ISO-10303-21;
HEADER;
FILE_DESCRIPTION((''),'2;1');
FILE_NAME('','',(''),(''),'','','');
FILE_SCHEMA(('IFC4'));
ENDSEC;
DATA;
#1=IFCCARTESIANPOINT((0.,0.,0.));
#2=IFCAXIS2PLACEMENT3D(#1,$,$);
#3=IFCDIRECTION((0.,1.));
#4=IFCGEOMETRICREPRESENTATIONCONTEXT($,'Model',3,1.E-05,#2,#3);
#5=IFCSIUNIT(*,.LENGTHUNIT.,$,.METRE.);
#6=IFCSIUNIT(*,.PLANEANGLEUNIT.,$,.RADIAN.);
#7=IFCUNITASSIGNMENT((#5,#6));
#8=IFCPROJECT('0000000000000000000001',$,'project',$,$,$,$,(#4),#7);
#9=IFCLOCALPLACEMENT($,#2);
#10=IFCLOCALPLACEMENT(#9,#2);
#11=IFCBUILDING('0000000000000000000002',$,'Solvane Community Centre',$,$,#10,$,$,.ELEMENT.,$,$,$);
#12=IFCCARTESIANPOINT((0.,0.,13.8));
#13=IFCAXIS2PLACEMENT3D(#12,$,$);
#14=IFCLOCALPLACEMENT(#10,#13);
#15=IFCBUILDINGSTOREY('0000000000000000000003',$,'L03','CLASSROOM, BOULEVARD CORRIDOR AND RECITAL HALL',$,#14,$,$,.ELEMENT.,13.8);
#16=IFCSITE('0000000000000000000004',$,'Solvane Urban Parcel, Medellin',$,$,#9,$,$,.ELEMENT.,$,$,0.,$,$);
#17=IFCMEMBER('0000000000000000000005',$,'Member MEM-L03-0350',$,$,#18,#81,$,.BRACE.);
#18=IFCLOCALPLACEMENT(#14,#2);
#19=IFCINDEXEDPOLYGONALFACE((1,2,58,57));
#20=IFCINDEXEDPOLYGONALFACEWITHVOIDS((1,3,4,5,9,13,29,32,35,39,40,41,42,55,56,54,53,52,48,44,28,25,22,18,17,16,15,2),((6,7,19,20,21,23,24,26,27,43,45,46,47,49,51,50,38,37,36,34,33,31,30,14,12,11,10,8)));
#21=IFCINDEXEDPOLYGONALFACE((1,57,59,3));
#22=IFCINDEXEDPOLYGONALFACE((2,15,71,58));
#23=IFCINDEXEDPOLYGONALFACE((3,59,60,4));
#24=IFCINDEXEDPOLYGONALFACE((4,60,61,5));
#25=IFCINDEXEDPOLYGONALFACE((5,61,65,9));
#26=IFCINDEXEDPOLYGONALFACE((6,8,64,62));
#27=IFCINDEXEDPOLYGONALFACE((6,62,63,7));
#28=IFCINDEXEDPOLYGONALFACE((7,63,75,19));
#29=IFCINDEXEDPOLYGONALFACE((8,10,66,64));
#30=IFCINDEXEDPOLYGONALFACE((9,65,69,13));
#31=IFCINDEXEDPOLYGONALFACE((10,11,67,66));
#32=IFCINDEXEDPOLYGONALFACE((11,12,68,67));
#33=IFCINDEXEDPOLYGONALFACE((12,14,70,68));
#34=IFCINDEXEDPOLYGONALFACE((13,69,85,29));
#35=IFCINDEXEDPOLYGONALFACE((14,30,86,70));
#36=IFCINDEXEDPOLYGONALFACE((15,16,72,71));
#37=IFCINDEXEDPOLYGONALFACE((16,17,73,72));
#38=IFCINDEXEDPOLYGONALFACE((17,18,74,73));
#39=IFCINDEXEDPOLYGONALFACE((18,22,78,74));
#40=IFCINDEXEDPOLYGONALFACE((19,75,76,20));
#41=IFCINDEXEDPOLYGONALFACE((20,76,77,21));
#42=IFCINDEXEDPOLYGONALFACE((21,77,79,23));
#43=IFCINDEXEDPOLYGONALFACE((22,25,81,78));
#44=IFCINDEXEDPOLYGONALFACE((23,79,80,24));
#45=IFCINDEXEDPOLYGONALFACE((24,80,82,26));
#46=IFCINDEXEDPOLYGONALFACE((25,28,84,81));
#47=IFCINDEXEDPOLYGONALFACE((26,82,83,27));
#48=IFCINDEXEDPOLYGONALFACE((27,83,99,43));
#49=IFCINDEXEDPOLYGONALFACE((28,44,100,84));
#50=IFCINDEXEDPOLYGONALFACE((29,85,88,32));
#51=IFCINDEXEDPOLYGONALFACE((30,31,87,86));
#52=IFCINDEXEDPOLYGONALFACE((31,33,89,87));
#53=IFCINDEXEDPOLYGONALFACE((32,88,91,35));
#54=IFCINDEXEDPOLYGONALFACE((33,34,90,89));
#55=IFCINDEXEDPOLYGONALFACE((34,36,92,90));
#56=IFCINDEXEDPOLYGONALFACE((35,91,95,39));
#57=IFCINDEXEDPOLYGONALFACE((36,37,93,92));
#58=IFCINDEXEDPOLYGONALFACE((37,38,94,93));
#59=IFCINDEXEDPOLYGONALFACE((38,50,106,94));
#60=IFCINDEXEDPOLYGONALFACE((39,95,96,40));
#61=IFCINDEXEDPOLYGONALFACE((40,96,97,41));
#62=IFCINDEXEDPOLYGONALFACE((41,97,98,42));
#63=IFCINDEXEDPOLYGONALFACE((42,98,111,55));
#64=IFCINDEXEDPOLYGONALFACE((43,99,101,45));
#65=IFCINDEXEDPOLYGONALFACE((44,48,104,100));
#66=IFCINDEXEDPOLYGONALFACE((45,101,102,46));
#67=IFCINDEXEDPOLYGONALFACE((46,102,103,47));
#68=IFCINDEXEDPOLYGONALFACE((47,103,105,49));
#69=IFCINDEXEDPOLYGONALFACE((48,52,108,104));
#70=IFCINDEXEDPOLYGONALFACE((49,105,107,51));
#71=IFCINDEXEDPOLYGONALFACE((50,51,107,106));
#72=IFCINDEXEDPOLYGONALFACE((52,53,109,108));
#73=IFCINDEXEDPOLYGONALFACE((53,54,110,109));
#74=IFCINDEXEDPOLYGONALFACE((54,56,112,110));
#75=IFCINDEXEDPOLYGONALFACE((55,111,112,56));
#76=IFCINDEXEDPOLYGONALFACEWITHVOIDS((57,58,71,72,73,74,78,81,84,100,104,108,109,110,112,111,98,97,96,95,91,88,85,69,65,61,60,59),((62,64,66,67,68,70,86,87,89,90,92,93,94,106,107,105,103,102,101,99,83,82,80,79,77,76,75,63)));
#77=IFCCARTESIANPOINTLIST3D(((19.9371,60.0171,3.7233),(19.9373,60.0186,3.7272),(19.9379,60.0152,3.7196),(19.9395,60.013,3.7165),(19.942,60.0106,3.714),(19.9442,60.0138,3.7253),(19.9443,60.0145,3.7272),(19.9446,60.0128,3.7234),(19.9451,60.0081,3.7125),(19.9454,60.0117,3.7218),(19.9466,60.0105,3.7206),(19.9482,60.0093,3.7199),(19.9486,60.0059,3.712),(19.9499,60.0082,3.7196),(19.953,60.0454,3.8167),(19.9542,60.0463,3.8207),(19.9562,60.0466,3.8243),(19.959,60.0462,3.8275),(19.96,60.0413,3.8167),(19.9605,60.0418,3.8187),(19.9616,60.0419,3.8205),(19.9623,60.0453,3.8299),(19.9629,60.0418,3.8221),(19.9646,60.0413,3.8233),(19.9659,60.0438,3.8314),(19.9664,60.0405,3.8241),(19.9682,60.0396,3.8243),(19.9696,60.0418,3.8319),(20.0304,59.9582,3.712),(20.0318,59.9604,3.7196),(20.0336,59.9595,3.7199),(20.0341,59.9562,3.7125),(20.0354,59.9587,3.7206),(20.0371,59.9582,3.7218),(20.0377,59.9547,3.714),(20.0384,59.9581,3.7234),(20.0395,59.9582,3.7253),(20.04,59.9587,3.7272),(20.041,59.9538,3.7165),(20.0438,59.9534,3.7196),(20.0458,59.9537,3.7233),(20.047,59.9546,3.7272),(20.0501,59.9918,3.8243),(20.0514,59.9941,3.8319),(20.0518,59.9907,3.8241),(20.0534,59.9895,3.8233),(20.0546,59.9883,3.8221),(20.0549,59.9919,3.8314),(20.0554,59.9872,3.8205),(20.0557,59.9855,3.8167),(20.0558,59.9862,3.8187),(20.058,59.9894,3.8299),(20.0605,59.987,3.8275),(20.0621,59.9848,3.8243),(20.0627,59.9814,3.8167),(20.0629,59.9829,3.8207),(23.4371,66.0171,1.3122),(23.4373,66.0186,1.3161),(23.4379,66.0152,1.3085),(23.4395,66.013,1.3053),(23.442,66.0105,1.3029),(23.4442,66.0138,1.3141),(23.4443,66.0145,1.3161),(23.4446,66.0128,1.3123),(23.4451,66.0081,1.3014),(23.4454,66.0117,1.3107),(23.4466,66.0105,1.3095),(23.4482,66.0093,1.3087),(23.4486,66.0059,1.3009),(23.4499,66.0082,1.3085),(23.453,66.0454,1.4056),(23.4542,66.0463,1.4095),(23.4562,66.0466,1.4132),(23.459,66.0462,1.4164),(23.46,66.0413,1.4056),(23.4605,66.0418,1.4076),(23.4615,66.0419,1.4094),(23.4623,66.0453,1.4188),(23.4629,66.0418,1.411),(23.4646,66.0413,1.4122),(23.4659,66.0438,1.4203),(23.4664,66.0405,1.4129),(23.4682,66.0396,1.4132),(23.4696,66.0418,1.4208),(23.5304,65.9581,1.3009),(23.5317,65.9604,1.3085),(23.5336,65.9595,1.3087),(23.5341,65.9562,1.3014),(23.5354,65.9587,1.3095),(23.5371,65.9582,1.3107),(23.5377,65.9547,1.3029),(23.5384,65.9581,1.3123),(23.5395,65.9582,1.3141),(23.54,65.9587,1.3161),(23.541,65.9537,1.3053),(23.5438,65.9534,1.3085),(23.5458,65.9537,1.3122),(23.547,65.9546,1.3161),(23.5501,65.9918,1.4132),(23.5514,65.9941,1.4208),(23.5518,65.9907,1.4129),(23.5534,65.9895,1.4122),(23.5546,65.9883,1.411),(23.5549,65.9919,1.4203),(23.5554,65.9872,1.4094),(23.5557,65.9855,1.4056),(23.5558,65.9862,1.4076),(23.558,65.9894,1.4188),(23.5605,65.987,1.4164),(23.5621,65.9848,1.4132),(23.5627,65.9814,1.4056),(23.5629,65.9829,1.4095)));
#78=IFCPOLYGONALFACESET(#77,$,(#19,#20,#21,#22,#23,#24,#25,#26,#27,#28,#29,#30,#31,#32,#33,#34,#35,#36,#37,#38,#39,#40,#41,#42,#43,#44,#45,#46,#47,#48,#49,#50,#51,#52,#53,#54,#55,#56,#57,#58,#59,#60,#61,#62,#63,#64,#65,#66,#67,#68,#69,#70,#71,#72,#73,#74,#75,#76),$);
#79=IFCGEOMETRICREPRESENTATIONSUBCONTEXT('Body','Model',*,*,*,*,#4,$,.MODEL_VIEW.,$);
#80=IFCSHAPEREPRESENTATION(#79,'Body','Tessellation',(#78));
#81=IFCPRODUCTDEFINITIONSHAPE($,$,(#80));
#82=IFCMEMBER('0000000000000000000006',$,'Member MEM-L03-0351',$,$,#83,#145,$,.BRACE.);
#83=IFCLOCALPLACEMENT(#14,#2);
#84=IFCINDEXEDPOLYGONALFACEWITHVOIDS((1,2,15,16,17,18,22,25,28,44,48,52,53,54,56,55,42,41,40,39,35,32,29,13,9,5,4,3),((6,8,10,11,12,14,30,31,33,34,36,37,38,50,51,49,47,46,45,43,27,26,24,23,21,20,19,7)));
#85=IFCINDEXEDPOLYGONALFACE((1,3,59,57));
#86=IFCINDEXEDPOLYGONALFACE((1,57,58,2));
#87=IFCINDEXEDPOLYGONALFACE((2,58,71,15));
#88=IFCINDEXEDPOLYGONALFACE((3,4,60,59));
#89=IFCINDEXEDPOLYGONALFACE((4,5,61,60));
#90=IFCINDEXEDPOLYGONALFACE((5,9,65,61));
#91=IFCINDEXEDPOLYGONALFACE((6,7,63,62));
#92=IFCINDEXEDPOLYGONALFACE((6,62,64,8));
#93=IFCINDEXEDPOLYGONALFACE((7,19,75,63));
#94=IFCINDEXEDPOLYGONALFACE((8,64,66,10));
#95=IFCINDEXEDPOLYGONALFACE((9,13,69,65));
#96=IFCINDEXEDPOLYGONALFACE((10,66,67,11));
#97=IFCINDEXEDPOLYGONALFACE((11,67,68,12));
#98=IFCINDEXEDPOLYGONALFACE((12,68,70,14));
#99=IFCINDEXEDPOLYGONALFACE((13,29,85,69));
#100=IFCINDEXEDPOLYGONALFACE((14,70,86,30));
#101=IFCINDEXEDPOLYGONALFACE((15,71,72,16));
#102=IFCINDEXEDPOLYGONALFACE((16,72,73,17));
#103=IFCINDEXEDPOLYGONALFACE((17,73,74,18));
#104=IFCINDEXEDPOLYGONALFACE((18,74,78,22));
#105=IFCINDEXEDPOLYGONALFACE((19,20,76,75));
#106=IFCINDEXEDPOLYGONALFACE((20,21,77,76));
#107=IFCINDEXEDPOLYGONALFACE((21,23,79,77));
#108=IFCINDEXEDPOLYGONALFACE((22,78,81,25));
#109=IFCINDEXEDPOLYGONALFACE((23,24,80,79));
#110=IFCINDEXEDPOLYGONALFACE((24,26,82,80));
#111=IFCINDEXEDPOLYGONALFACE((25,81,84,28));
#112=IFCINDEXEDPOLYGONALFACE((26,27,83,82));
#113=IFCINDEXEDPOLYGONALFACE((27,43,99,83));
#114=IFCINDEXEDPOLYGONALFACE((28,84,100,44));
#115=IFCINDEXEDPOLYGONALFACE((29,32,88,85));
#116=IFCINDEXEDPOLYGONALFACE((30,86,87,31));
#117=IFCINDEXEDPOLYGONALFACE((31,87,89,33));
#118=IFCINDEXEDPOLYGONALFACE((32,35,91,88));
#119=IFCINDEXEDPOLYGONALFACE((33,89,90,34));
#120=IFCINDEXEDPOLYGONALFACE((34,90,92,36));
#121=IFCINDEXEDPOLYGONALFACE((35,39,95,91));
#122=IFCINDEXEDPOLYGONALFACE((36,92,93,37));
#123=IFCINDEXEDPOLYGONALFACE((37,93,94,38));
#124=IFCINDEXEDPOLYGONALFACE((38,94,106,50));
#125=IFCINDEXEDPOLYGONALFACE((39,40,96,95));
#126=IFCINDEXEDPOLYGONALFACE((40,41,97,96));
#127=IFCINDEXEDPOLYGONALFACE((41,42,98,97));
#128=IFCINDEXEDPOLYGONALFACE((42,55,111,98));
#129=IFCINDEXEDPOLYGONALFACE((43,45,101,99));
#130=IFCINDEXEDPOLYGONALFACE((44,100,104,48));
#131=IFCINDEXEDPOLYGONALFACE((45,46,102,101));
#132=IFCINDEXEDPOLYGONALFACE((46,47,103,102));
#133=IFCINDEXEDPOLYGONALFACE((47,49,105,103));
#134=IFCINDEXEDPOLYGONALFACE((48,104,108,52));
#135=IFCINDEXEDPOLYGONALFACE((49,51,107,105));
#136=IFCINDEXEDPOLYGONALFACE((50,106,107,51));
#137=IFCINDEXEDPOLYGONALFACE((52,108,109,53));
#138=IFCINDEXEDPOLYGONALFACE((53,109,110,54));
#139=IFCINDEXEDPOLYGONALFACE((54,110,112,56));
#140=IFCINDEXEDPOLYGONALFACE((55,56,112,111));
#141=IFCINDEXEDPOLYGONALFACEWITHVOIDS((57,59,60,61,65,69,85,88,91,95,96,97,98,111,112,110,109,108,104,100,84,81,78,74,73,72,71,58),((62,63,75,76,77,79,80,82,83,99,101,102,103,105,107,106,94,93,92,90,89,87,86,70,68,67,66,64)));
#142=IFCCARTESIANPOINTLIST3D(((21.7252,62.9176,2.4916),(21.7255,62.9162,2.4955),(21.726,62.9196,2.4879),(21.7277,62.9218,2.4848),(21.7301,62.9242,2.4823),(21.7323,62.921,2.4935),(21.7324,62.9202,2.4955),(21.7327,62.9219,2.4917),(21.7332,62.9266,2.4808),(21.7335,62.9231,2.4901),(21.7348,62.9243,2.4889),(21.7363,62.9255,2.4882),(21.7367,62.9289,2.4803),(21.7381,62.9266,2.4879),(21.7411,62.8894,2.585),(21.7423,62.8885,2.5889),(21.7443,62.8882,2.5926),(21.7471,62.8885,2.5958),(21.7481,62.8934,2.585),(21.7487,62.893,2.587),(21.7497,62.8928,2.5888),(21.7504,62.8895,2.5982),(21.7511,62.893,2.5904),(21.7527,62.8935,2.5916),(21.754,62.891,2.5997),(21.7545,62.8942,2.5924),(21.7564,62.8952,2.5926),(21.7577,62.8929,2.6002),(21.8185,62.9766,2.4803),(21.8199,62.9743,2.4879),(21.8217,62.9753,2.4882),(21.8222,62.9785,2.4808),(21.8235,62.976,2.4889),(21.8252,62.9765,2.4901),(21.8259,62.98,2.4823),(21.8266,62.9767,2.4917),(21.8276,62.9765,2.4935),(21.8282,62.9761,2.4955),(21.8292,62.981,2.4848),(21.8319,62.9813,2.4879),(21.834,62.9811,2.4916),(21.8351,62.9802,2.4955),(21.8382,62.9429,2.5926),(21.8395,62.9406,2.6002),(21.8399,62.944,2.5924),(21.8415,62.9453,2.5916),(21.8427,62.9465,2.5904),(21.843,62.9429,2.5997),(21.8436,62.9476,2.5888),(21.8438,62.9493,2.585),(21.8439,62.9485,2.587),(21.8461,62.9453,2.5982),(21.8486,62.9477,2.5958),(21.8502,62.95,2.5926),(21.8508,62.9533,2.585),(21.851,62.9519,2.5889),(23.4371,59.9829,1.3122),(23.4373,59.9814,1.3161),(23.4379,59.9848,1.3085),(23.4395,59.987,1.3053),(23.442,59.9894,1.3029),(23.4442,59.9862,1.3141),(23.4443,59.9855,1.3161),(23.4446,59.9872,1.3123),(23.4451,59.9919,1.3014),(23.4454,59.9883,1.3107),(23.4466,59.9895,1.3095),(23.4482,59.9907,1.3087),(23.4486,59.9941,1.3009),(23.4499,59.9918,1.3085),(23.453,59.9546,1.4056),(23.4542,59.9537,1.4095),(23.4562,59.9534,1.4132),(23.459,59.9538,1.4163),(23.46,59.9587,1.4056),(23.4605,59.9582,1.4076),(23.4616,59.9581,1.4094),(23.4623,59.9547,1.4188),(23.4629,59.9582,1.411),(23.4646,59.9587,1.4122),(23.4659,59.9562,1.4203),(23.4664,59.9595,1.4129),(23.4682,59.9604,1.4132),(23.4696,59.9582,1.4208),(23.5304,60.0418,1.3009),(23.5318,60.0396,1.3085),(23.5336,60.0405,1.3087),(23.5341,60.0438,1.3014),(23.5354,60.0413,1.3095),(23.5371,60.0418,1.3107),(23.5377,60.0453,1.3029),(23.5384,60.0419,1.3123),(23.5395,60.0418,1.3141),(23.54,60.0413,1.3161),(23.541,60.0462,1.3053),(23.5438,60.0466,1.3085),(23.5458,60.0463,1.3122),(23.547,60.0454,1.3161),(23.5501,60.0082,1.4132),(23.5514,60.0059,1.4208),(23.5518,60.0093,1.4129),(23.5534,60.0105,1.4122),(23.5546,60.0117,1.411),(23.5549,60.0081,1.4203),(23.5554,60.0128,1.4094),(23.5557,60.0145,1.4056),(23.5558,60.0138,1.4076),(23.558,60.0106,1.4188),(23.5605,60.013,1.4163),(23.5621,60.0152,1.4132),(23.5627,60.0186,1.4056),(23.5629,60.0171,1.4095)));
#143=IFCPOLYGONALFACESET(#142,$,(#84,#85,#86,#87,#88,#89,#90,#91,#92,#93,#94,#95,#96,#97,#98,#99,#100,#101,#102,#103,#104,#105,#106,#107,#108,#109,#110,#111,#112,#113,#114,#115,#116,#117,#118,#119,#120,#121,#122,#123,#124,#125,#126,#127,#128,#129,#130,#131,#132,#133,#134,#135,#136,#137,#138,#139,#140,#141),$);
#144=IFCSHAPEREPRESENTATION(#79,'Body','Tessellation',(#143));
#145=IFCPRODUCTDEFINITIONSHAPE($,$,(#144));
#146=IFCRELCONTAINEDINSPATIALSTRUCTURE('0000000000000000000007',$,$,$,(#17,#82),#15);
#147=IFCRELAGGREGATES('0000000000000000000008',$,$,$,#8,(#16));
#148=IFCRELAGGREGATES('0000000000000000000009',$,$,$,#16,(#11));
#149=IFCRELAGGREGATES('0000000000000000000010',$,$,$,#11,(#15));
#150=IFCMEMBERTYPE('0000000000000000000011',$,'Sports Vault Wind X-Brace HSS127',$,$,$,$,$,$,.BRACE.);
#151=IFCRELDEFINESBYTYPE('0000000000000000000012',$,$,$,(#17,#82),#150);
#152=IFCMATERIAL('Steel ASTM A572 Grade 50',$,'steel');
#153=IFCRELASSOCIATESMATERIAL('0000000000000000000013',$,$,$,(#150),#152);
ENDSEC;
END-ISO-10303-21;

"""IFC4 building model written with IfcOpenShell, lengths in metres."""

from ifc_helpers import new_model, si_unit, direction, frame, origin, origin_2d, place, context, subcontext, project, spatial, hollow_rectangle, extrude, material, material_profile, profile_set, type_object, element, save


model = new_model("IFC4")

# Units and contexts
model_context = context("Model", 3, precision=1e-05, world=origin(), true_north=direction((0.0, 1.0)))
body_context = subcontext(model_context, "Body", "Model", "MODEL_VIEW")
ifc_project = project(units=[si_unit("LENGTHUNIT", "METRE"), si_unit("PLANEANGLEUNIT", "RADIAN")], contexts=[model_context])

# Site, building, storey
site_placement = place(None, origin())
site = spatial("IfcSite", under=ifc_project, at=site_placement, Name="Solvane Urban Parcel, Medellin", CompositionType="ELEMENT", RefElevation=0.0)
building_placement = place(site_placement, origin())
building = spatial("IfcBuilding", under=site, at=building_placement, Name="Solvane Community Centre", CompositionType="ELEMENT")
storey_placement = place(building_placement, frame((0.0, 0.0, 13.8)))
storey = spatial("IfcBuildingStorey", under=building, at=storey_placement, Name="L03", Description="CLASSROOM, BOULEVARD CORRIDOR AND RECITAL HALL", CompositionType="ELEMENT", Elevation=13.8)

# Members
ifc_material_1 = material(Name="Steel ASTM A572 Grade 50", Category="steel")
ifc_material_profile_1 = material_profile(ifc_material_1, hollow_rectangle(XDim=0.127, YDim=0.127, WallThickness=0.0081, InnerFilletRadius=0.0081, OuterFilletRadius=0.0161, at=origin_2d()), Name="HSS 127x127x8.0")
ifc_profile_set_1 = profile_set([ifc_material_profile_1], Name="Steel ASTM A572 Grade 50")
member_type_1 = type_object("IfcMemberType", Name="Sports Vault Wind X-Brace HSS127", PredefinedType="BRACE", material=ifc_profile_set_1)
member_1_placement = place(storey_placement, frame((20.0, 60.0, 3.772), z_axis=(0.47601, 0.816016, -0.327921), x_axis=(-0.863779, 0.503871, 0.0)))
element("IfcMember", 1, at=member_1_placement, inside=storey, type_object=member_type_1, Name="Member MEM-L03-0350", PredefinedType="BRACE", context=body_context, shape_type="SweptSolid", body=[
    extrude(hollow_rectangle(XDim=0.127, YDim=0.127, WallThickness=0.0081, InnerFilletRadius=0.0081, OuterFilletRadius=0.0161, at=origin_2d()), origin(), (0.0, 0.0, 1.0), 7.3528),
])
for number, where, z_axis, x_axis, name in (
    (2, (23.5, 60.0, 1.3608), (-0.475993, 0.816018, 0.327941), (-0.863787, -0.503858, 0.0), "Member MEM-L03-0351"),
):
    element("IfcMember", number, at=place(storey_placement, frame(where, z_axis=z_axis, x_axis=x_axis)), inside=storey, type_object=member_type_1, Name=name, PredefinedType="BRACE", context=body_context, shape_type="SweptSolid", body=[
        extrude(hollow_rectangle(XDim=0.127, YDim=0.127, WallThickness=0.0081, InnerFilletRadius=0.0081, OuterFilletRadius=0.0161, at=origin_2d()), origin(), (0.0, 0.0, 1.0), 3.5964),
    ])

save(model, "model.ifc")
